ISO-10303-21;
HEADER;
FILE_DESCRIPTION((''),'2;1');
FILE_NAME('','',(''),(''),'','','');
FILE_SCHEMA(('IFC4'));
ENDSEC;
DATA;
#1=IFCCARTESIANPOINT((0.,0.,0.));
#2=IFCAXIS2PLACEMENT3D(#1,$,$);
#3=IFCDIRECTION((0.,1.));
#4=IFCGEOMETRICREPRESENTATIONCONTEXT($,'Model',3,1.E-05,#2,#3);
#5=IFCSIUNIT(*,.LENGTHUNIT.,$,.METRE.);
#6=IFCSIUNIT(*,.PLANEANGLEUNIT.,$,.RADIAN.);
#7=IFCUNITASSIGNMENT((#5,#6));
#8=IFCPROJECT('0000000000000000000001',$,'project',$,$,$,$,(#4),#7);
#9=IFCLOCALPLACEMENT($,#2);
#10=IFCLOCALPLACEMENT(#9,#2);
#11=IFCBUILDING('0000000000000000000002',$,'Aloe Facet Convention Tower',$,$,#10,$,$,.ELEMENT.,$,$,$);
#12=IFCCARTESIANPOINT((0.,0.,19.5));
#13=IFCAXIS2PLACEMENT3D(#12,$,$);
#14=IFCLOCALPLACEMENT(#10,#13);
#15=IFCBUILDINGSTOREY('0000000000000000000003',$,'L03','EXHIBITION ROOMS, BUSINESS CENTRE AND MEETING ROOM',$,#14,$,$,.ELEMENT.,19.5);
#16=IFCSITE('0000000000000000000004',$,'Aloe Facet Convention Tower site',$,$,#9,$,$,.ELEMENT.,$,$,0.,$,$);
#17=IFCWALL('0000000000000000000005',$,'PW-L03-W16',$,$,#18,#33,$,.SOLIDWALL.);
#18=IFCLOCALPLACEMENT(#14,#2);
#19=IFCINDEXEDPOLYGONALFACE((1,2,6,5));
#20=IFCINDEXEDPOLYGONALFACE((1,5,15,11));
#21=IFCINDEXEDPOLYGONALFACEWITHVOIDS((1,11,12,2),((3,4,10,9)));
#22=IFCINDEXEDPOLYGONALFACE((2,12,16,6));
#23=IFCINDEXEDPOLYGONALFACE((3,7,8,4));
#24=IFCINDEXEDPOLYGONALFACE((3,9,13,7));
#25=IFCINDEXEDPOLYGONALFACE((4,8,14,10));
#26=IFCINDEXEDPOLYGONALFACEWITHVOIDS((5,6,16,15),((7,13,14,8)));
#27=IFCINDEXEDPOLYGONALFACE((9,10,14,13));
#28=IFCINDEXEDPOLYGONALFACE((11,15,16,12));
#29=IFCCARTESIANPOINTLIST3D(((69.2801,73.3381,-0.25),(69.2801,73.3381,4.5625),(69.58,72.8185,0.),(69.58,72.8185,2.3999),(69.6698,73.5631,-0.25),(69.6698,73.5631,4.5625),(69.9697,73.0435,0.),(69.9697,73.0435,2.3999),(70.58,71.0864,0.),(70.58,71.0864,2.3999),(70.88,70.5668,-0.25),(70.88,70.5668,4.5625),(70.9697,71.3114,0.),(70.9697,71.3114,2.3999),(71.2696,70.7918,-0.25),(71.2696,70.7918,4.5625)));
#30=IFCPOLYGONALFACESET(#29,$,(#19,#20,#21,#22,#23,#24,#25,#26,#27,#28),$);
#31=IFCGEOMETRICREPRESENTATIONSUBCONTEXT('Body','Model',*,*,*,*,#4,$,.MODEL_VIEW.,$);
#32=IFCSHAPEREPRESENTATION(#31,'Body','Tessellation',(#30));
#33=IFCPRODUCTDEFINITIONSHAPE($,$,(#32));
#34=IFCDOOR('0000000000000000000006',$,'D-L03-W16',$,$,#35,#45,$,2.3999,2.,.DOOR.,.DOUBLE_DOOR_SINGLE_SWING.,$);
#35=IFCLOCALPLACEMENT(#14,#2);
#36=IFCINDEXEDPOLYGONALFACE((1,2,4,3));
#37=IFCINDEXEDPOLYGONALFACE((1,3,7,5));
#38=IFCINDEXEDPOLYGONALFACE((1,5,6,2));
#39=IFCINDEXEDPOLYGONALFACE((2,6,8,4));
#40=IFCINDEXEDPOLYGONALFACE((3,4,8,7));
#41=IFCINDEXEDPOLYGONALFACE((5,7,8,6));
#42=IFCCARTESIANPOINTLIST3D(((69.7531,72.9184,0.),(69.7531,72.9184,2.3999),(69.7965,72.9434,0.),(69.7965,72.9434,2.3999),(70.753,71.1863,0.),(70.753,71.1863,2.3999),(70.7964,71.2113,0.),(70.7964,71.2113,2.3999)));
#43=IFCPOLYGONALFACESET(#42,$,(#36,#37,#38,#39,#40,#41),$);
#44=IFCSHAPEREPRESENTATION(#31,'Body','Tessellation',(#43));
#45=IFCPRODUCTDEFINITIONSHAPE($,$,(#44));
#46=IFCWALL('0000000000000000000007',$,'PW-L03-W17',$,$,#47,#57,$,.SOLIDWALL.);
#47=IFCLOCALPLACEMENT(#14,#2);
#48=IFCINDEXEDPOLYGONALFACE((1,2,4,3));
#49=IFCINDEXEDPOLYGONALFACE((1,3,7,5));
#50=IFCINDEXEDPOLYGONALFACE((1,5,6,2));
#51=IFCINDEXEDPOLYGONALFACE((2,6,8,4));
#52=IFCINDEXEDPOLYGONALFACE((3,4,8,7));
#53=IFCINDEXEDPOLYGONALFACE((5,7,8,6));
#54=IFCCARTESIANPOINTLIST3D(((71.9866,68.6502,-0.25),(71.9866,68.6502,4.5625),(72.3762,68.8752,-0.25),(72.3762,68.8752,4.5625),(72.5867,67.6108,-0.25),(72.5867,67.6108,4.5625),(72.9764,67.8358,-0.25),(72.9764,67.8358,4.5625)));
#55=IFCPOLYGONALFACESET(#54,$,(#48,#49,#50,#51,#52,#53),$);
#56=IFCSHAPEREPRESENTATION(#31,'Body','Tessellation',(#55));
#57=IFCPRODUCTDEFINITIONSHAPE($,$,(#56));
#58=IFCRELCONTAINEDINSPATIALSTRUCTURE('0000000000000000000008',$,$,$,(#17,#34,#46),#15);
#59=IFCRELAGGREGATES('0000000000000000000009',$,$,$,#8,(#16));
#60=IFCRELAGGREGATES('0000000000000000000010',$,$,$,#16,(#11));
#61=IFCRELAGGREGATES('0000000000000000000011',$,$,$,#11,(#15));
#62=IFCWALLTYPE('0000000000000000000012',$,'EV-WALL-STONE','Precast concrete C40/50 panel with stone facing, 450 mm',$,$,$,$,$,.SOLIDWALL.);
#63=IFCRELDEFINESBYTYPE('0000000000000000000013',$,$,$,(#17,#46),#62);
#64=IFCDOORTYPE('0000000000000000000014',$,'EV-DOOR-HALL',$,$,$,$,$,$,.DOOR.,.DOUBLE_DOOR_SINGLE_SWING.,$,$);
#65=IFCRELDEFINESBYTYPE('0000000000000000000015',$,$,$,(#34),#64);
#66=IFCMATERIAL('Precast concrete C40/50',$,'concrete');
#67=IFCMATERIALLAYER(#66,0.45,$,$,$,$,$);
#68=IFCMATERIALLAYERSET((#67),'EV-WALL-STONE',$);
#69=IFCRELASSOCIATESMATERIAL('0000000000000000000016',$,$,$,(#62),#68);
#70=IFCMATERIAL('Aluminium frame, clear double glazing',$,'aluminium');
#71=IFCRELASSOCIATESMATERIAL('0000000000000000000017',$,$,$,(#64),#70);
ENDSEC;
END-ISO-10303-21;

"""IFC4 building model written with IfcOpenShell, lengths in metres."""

from ifc_helpers import new_model, si_unit, direction, frame, frame_2d, origin, place, context, subcontext, project, spatial, rectangle, extrude, material, layer, layer_set, type_object, element, fill, save


model = new_model("IFC4")

# Units and contexts
model_context = context("Model", 3, precision=1e-05, world=origin(), true_north=direction((0.0, 1.0)))
body_context = subcontext(model_context, "Body", "Model", "MODEL_VIEW")
ifc_project = project(units=[si_unit("LENGTHUNIT", "METRE"), si_unit("PLANEANGLEUNIT", "RADIAN")], contexts=[model_context])

# Site, building, storey
site_placement = place(None, origin())
site = spatial("IfcSite", under=ifc_project, at=site_placement, Name="Aloe Facet Convention Tower site", CompositionType="ELEMENT", RefElevation=0.0)
building_placement = place(site_placement, origin())
building = spatial("IfcBuilding", under=site, at=building_placement, Name="Aloe Facet Convention Tower", CompositionType="ELEMENT")
storey_placement = place(building_placement, frame((0.0, 0.0, 19.5)))
storey = spatial("IfcBuildingStorey", under=building, at=storey_placement, Name="L03", Description="EXHIBITION ROOMS, BUSINESS CENTRE AND MEETING ROOM", CompositionType="ELEMENT", Elevation=19.5)

# Wall, opening, door
ifc_material_1 = material(Name="Precast concrete C40/50", Category="concrete")
ifc_layer_1 = layer(ifc_material_1, 0.45)
ifc_layer_set_1 = layer_set([ifc_layer_1], Name="EV-WALL-STONE")
wall_type = type_object("IfcWallType", Name="EV-WALL-STONE", Description="Precast concrete C40/50 panel with stone facing, 450 mm", PredefinedType="SOLIDWALL", material=ifc_layer_set_1)
wall_1_placement = place(storey_placement, frame((69.4749, 73.4507, -0.25), z_axis=(0.0, 0.0, 1.0), x_axis=(0.499971, -0.866042, 0.0)))
wall_1 = element("IfcWall", 1, at=wall_1_placement, inside=storey, type_object=wall_type, Name="PW-L03-W16", PredefinedType="SOLIDWALL", context=body_context, shape_type="SweptSolid", body=[
    extrude(rectangle(XDim=3.2, YDim=0.45, at=frame_2d((1.6001, 0.0))), origin(), (0.0, 0.0, 1.0), 4.8125),
])
opening_placement = place(wall_1_placement, frame((0.6001, 0.0, 0.25)))
opening = element("IfcOpeningElement", 2, at=opening_placement, cuts=wall_1, PredefinedType="OPENING", context=body_context, shape_type="SweptSolid", body=[
    extrude(rectangle(XDim=2.0, YDim=2.3999, at=frame_2d((1.0, 1.2))), frame((0.0, 0.2349, 0.0), z_axis=(0.0, -1.0, 0.0), x_axis=(1.0, 0.0, 0.0)), (0.0, 0.0, 1.0), 0.47),
])
ifc_material_2 = material(Name="Aluminium frame, clear double glazing", Category="aluminium")
door_type = type_object("IfcDoorType", Name="EV-DOOR-HALL", OperationType="DOUBLE_DOOR_SINGLE_SWING", PredefinedType="DOOR", material=ifc_material_2)
door_placement = place(opening_placement, origin())
door = element("IfcDoor", 3, at=door_placement, inside=storey, type_object=door_type, Name="D-L03-W16", OperationType="DOUBLE_DOOR_SINGLE_SWING", OverallHeight=2.3999, OverallWidth=2.0, PredefinedType="DOOR", context=body_context, shape_type="SweptSolid", body=[
    extrude(rectangle(XDim=2.0, YDim=2.3999, at=frame_2d((1.0, 1.2))), frame((0.0, 0.0249, 0.0), z_axis=(0.0, -1.0, 0.0), x_axis=(1.0, 0.0, 0.0)), (0.0, 0.0, 1.0), 0.05),
])
fill(opening, door)

# Wall
wall_2_placement = place(storey_placement, frame((72.1814, 68.7627, -0.25), z_axis=(0.0, 0.0, 1.0), x_axis=(0.500034, -0.866006, 0.0)))
element("IfcWall", 4, at=wall_2_placement, inside=storey, type_object=wall_type, Name="PW-L03-W17", PredefinedType="SOLIDWALL", context=body_context, shape_type="SweptSolid", body=[
    extrude(rectangle(XDim=1.2002, YDim=0.45, at=frame_2d((0.6001, 0.0))), origin(), (0.0, 0.0, 1.0), 4.8125),
])

save(model, "model.ifc")
